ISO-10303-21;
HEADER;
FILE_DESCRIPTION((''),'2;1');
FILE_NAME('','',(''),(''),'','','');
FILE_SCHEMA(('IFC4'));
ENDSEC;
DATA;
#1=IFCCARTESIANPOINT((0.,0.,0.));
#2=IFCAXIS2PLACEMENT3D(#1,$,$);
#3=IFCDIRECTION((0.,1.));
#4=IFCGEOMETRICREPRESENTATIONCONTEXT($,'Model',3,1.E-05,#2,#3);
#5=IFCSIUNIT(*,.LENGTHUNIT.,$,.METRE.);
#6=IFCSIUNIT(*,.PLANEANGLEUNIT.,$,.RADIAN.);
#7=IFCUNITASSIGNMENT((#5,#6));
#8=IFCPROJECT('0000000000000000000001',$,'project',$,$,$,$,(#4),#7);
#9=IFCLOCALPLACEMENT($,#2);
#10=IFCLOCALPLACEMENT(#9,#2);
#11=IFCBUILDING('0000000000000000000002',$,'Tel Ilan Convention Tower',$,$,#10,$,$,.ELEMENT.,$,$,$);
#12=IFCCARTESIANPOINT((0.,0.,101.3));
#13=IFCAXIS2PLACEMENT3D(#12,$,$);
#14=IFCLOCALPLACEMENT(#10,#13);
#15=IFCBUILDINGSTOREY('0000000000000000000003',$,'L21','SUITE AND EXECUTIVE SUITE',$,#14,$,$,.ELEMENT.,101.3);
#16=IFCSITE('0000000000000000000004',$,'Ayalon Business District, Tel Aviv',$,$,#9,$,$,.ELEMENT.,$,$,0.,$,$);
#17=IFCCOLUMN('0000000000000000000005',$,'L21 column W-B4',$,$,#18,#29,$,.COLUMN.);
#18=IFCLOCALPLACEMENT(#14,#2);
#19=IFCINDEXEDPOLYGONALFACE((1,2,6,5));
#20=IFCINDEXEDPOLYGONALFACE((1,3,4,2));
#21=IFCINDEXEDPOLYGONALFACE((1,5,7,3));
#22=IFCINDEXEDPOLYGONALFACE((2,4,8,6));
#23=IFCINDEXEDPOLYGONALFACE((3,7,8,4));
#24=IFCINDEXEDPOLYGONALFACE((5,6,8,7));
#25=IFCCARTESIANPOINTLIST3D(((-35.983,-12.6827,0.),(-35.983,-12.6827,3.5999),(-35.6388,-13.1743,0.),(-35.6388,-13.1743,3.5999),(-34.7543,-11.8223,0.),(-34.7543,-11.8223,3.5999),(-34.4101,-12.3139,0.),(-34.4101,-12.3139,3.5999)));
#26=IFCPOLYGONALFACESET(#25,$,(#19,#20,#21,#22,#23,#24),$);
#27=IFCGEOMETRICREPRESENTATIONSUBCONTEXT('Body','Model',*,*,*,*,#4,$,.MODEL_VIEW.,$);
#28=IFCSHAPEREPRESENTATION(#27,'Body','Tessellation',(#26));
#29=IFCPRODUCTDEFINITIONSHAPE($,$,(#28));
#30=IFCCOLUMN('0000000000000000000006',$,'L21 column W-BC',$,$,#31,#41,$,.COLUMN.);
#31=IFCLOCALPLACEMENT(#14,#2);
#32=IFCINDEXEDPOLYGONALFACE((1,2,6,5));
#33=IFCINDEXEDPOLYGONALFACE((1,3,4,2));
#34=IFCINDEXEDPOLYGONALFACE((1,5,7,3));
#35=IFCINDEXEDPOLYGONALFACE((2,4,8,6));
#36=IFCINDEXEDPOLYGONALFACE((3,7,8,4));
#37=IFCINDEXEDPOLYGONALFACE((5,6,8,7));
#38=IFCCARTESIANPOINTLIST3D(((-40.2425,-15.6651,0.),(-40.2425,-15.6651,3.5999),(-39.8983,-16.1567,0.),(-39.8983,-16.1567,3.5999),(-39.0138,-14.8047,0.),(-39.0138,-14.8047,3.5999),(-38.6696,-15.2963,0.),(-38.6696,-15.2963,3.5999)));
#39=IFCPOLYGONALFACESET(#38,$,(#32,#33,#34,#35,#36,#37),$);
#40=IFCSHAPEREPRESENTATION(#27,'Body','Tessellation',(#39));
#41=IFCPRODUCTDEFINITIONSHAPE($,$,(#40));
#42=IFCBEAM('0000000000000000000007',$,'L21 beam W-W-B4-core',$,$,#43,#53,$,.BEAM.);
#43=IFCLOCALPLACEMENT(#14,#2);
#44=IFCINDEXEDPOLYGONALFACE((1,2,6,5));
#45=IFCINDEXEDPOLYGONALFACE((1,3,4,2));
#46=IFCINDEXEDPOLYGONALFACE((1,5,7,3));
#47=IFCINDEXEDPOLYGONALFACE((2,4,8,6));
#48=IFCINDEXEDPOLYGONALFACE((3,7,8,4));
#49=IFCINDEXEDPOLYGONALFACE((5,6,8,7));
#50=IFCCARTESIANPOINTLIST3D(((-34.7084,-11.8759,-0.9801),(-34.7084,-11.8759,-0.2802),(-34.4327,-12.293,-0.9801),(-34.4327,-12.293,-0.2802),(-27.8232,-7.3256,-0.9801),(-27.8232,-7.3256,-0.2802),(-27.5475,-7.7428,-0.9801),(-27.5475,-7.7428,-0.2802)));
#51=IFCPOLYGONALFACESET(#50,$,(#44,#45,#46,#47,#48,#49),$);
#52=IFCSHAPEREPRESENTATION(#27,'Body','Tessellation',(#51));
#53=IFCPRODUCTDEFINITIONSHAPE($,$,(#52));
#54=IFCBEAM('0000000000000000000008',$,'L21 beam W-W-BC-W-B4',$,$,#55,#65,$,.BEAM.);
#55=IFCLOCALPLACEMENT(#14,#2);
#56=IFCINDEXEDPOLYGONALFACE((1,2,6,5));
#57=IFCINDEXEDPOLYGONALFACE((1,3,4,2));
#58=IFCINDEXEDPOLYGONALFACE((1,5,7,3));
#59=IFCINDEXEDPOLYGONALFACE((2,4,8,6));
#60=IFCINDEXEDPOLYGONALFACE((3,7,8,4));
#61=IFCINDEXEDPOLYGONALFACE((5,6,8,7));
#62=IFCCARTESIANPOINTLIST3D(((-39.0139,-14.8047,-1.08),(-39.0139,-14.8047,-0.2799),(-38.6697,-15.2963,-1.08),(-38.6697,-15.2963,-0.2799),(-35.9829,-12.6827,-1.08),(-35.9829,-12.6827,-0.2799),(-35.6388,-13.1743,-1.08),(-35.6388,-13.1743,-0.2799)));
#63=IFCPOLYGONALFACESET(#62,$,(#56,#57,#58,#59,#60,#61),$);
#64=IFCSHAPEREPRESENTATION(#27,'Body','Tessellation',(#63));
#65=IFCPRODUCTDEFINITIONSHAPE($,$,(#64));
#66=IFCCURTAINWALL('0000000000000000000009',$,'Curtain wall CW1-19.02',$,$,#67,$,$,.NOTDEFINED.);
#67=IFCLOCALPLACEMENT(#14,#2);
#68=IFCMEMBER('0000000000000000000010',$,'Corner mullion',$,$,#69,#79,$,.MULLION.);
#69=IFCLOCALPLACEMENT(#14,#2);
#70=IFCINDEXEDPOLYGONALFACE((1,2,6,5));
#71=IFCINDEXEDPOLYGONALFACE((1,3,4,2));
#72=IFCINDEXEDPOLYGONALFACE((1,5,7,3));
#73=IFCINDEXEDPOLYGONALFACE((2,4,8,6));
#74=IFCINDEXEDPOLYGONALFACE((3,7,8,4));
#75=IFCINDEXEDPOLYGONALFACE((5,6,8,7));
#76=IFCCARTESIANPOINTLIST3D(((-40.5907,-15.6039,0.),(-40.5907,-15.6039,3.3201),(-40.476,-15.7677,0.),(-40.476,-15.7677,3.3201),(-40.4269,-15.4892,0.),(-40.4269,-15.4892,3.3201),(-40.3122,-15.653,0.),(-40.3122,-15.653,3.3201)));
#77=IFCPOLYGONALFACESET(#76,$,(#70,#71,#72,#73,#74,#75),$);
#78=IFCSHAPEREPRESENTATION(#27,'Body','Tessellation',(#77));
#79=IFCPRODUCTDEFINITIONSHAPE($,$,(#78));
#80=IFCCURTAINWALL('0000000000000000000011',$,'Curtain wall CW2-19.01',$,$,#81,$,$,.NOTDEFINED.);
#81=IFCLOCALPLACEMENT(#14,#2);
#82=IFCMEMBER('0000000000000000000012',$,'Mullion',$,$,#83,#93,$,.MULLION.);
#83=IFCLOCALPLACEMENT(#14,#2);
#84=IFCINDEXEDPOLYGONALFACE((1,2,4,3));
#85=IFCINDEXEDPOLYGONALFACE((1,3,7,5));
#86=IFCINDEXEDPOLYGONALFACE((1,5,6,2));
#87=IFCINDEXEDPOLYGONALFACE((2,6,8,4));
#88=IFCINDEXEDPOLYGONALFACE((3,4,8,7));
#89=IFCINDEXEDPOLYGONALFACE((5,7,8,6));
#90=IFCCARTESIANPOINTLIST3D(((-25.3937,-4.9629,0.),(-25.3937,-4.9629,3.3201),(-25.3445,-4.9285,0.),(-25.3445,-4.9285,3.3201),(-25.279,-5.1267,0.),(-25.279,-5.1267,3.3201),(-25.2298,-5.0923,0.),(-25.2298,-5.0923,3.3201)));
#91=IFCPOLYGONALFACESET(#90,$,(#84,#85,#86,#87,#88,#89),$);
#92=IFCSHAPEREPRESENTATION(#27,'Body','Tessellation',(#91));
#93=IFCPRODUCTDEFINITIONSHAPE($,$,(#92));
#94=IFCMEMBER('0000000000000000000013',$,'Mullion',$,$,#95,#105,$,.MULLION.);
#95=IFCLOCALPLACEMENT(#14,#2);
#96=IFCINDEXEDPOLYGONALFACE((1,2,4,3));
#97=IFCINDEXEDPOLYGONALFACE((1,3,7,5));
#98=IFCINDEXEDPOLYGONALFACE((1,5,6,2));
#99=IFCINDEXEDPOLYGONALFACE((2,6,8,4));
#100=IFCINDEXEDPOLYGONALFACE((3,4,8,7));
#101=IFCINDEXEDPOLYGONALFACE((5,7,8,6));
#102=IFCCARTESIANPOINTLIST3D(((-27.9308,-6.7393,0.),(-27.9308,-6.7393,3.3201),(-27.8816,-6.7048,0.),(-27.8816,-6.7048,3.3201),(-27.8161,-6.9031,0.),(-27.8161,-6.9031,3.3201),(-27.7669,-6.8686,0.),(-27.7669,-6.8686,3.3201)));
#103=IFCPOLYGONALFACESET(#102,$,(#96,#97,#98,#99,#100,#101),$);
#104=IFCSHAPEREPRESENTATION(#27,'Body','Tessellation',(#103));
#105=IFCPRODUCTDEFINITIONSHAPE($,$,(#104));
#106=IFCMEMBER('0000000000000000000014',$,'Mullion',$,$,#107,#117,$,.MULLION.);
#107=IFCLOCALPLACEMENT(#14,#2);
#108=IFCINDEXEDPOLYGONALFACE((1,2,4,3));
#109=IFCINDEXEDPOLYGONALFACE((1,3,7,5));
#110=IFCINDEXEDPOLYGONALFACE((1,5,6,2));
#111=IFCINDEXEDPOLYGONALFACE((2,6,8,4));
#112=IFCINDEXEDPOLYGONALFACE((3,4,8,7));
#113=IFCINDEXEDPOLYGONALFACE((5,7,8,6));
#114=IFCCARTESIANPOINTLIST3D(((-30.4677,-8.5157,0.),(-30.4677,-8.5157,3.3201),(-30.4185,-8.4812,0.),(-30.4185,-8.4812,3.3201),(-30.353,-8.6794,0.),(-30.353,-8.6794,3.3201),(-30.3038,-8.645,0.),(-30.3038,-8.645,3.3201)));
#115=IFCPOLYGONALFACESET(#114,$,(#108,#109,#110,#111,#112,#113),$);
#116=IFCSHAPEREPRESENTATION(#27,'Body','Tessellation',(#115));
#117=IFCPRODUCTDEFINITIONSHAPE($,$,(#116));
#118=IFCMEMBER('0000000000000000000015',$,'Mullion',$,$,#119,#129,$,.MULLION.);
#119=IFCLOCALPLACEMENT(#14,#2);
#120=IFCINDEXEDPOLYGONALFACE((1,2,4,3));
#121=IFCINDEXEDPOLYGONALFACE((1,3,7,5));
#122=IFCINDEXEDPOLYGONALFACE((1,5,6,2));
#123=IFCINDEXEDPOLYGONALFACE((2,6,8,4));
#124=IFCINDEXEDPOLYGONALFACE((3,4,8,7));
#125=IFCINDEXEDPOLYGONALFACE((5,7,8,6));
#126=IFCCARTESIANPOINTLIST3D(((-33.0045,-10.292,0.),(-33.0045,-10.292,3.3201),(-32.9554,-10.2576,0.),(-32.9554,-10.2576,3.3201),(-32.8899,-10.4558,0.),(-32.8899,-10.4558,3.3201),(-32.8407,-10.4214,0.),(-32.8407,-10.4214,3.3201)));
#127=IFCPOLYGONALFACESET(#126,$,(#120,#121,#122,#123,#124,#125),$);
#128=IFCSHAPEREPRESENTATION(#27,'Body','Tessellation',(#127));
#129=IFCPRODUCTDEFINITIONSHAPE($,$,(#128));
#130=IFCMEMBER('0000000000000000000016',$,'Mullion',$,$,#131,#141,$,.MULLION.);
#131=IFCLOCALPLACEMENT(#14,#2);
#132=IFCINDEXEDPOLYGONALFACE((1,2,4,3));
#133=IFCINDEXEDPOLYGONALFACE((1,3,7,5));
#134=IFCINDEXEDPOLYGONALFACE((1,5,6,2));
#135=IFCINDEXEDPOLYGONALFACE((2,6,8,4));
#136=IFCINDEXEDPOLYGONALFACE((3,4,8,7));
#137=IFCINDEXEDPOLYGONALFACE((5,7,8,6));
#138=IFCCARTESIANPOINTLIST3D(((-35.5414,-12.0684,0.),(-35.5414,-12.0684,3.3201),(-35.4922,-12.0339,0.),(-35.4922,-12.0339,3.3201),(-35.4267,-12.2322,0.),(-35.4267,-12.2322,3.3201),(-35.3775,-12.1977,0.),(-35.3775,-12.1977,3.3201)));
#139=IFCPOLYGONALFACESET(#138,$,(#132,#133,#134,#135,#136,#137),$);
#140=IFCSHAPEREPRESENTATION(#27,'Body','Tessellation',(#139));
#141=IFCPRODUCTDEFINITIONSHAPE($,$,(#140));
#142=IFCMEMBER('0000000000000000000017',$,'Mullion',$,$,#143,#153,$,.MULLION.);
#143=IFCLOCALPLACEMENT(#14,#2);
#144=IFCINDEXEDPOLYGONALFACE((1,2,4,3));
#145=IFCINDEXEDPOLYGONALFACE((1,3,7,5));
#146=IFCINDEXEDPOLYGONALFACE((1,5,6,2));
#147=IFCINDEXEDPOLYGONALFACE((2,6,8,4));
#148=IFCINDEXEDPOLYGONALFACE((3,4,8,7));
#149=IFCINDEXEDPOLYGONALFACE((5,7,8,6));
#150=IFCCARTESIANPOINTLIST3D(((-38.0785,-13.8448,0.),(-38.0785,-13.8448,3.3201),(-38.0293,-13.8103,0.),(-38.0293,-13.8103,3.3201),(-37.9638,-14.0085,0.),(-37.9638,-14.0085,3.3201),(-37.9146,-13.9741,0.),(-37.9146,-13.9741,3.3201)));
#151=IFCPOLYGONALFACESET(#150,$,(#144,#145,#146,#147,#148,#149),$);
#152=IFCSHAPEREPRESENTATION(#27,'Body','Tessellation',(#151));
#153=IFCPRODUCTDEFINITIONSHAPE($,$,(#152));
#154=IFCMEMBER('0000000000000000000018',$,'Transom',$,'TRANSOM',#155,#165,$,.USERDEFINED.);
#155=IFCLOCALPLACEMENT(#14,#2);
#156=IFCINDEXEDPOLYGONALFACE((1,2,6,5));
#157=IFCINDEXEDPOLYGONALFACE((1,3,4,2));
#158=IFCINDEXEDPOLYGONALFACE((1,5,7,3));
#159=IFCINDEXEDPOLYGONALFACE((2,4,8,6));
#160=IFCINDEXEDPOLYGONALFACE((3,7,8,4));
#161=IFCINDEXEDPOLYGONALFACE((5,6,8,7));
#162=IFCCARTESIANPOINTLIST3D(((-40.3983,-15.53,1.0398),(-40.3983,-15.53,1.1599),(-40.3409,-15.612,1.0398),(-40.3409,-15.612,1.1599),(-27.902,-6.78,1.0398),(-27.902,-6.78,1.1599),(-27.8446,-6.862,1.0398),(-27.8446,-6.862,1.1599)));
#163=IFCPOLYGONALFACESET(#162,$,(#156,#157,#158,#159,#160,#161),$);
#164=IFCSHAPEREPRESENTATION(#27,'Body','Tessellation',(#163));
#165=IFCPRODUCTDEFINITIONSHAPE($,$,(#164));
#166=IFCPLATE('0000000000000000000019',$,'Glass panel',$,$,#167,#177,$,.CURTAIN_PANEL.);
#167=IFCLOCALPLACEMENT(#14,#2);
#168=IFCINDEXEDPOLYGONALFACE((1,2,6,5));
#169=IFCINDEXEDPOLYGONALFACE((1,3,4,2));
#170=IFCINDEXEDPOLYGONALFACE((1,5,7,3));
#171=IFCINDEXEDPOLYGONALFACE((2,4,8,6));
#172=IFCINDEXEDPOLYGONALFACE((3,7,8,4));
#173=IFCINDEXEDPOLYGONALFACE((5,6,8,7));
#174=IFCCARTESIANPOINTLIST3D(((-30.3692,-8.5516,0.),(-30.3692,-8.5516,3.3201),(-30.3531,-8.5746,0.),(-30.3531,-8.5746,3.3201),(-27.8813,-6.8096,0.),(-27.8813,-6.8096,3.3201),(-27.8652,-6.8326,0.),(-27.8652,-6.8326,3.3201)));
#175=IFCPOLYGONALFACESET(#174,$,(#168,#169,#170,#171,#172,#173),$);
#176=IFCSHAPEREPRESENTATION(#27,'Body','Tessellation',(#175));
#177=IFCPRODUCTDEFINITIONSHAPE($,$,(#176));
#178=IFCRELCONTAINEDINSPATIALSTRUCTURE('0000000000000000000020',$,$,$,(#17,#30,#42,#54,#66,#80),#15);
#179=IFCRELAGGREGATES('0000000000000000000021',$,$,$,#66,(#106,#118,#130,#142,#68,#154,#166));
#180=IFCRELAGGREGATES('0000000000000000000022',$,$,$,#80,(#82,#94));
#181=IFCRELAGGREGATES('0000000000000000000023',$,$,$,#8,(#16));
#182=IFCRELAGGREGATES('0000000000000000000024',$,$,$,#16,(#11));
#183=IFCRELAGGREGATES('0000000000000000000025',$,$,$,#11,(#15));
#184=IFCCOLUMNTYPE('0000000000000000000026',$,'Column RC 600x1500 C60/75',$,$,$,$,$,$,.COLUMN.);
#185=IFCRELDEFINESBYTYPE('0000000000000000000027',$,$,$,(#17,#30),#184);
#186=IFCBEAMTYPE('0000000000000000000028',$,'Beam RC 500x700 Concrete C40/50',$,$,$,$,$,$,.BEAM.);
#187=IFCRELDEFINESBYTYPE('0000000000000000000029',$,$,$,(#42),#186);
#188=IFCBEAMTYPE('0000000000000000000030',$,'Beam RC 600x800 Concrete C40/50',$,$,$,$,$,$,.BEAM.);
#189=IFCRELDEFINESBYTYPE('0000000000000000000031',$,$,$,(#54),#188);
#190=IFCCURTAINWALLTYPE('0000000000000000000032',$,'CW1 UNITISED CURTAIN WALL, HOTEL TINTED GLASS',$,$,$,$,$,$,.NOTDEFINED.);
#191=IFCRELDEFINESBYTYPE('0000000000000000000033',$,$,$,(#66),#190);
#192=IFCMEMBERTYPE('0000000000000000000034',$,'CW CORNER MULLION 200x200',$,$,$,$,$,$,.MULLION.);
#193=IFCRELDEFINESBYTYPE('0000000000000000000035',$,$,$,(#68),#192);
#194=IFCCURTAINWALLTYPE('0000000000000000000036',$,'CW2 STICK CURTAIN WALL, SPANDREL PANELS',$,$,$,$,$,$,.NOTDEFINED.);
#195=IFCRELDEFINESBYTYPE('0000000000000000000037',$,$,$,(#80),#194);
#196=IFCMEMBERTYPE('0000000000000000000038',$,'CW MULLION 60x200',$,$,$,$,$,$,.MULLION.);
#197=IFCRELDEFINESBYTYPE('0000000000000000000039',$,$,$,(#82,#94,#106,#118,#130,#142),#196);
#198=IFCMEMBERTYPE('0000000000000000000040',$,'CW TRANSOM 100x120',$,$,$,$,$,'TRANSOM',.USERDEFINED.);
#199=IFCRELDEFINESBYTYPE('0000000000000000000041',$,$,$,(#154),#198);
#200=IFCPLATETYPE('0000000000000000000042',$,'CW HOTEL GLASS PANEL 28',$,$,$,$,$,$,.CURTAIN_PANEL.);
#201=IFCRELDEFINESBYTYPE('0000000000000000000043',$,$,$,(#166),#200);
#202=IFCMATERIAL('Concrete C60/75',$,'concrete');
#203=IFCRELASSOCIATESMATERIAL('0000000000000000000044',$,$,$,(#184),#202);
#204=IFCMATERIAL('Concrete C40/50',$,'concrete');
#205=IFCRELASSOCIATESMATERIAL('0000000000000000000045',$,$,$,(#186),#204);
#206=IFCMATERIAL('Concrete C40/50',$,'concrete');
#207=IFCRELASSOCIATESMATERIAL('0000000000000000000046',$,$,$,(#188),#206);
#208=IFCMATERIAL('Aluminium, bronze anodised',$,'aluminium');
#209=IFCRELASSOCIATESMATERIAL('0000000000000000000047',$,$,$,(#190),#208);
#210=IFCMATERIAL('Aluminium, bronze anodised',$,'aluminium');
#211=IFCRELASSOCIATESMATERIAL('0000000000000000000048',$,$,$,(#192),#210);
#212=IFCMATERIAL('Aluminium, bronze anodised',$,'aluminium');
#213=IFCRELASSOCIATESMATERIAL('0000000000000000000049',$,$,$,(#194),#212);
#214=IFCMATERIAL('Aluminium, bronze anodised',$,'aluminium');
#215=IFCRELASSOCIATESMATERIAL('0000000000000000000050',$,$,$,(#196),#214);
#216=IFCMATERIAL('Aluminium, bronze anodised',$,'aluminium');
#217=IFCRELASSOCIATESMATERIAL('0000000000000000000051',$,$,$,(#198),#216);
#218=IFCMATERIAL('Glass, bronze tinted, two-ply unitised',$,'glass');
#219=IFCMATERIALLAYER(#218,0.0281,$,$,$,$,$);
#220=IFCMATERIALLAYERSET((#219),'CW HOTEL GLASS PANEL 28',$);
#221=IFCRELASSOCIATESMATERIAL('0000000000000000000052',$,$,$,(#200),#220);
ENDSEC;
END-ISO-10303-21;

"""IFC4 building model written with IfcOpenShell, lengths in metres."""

from ifc_helpers import new_model, si_unit, direction, frame, origin, origin_2d, place, context, subcontext, project, spatial, rectangle, extrude, material, layer, layer_set, material_profile, profile_set, type_object, element, aggregate, save


model = new_model("IFC4")

# Units and contexts
model_context = context("Model", 3, precision=1e-05, world=origin(), true_north=direction((0.0, 1.0)))
body_context = subcontext(model_context, "Body", "Model", "MODEL_VIEW")
ifc_project = project(units=[si_unit("LENGTHUNIT", "METRE"), si_unit("PLANEANGLEUNIT", "RADIAN")], contexts=[model_context])

# Site, building, storey
site_placement = place(None, origin())
site = spatial("IfcSite", under=ifc_project, at=site_placement, Name="Ayalon Business District, Tel Aviv", CompositionType="ELEMENT", RefElevation=0.0)
building_placement = place(site_placement, origin())
building = spatial("IfcBuilding", under=site, at=building_placement, Name="Tel Ilan Convention Tower", CompositionType="ELEMENT")
storey_placement = place(building_placement, frame((0.0, 0.0, 101.3)))
storey = spatial("IfcBuildingStorey", under=building, at=storey_placement, Name="L21", Description="SUITE AND EXECUTIVE SUITE", CompositionType="ELEMENT", Elevation=101.3)

# Columns
ifc_material_1 = material(Name="Concrete C60/75", Category="concrete")
ifc_material_profile_1 = material_profile(ifc_material_1, rectangle(XDim=1.5, YDim=0.6001, at=origin_2d()), Name="RC 600x1500")
ifc_profile_set_1 = profile_set([ifc_material_profile_1], Name="Concrete C60/75")
column_type = type_object("IfcColumnType", Name="Column RC 600x1500 C60/75", PredefinedType="COLUMN", material=ifc_profile_set_1)
for number, where, z_axis, x_axis, name in (
    (1, (-35.1965, -12.4983, 0.0), (0.0, 0.0, 1.0), (-0.819152, -0.573576, 0.0), "L21 column W-B4"),
    (2, (-39.4561, -15.4807, 0.0), (0.0, 0.0, 1.0), (-0.819152, -0.573576, 0.0), "L21 column W-BC"),
):
    element("IfcColumn", number, at=place(storey_placement, frame(where, z_axis=z_axis, x_axis=x_axis)), inside=storey, type_object=column_type, Name=name, PredefinedType="COLUMN", context=body_context, shape_type="SweptSolid", body=[
        extrude(rectangle(XDim=1.5, YDim=0.6001, at=origin_2d()), origin(), (0.0, 0.0, 1.0), 3.5999),
    ])

# Beams
ifc_material_2 = material(Name="Concrete C40/50", Category="concrete")
ifc_material_profile_2 = material_profile(ifc_material_2, rectangle(XDim=0.5, YDim=0.7, at=origin_2d()), Name="RC 500x700")
ifc_profile_set_2 = profile_set([ifc_material_profile_2], Name="Concrete C40/50")
beam_type_1 = type_object("IfcBeamType", Name="Beam RC 500x700 Concrete C40/50", PredefinedType="BEAM", material=ifc_profile_set_2)
beam_1_placement = place(storey_placement, frame((-34.5706, -12.0845, -0.6301), z_axis=(0.834274, 0.551351, 0.0), x_axis=(-0.551351, 0.834274, 0.0)))
element("IfcBeam", 3, at=beam_1_placement, inside=storey, type_object=beam_type_1, Name="L21 beam W-W-B4-core", PredefinedType="BEAM", context=body_context, shape_type="SweptSolid", body=[
    extrude(rectangle(XDim=0.5, YDim=0.7, at=origin_2d()), origin(), (0.0, 0.0, 1.0), 8.2529),
])
ifc_material_3 = material(Name="Concrete C40/50", Category="concrete")
ifc_material_profile_3 = material_profile(ifc_material_3, rectangle(XDim=0.6001, YDim=0.8, at=origin_2d()), Name="RC 600x800")
ifc_profile_set_3 = profile_set([ifc_material_profile_3], Name="Concrete C40/50")
beam_type_2 = type_object("IfcBeamType", Name="Beam RC 600x800 Concrete C40/50", PredefinedType="BEAM", material=ifc_profile_set_3)
beam_2_placement = place(storey_placement, frame((-38.8418, -15.0505, -0.6799), z_axis=(0.819185, 0.573529, 0.0), x_axis=(-0.573529, 0.819185, 0.0)))
element("IfcBeam", 4, at=beam_2_placement, inside=storey, type_object=beam_type_2, Name="L21 beam W-W-BC-W-B4", PredefinedType="BEAM", context=body_context, shape_type="SweptSolid", body=[
    extrude(rectangle(XDim=0.6001, YDim=0.8, at=origin_2d()), origin(), (0.0, 0.0, 1.0), 3.7),
])

# Curtain wall, member
ifc_material_4 = material(Name="Aluminium, bronze anodised", Category="aluminium")
curtain_wall_type_1 = type_object("IfcCurtainWallType", Name="CW1 UNITISED CURTAIN WALL, HOTEL TINTED GLASS", PredefinedType="NOTDEFINED", material=ifc_material_4)
curtain_wall_1_placement = place(storey_placement, origin())
curtain_wall_1 = element("IfcCurtainWall", 5, at=curtain_wall_1_placement, inside=storey, type_object=curtain_wall_type_1, Name="Curtain wall CW1-19.02", PredefinedType="NOTDEFINED")
ifc_material_5 = material(Name="Aluminium, bronze anodised", Category="aluminium")
ifc_material_profile_4 = material_profile(ifc_material_5, rectangle(XDim=0.2, YDim=0.2, at=origin_2d()), Name="CW CORNER MULLION 200x200")
ifc_profile_set_4 = profile_set([ifc_material_profile_4], Name="Aluminium, bronze anodised")
member_type_1 = type_object("IfcMemberType", Name="CW CORNER MULLION 200x200", PredefinedType="MULLION", material=ifc_profile_set_4)
member_1_placement = place(storey_placement, frame((-40.4514, -15.6284, 0.0), z_axis=(0.0, 0.0, 1.0), x_axis=(-0.819152, -0.573576, 0.0)))
member_1 = element("IfcMember", 6, at=member_1_placement, type_object=member_type_1, Name="Corner mullion", PredefinedType="MULLION", context=body_context, shape_type="SweptSolid", body=[
    extrude(rectangle(XDim=0.2, YDim=0.2, at=origin_2d()), origin(), (0.0, 0.0, 1.0), 3.3201),
])

# Curtain wall, members
ifc_material_6 = material(Name="Aluminium, bronze anodised", Category="aluminium")
curtain_wall_type_2 = type_object("IfcCurtainWallType", Name="CW2 STICK CURTAIN WALL, SPANDREL PANELS", PredefinedType="NOTDEFINED", material=ifc_material_6)
curtain_wall_2_placement = place(storey_placement, origin())
curtain_wall_2 = element("IfcCurtainWall", 7, at=curtain_wall_2_placement, inside=storey, type_object=curtain_wall_type_2, Name="Curtain wall CW2-19.01", PredefinedType="NOTDEFINED")
ifc_material_7 = material(Name="Aluminium, bronze anodised", Category="aluminium")
ifc_material_profile_5 = material_profile(ifc_material_7, rectangle(XDim=0.0601, YDim=0.2, at=origin_2d()), Name="CW MULLION 60x200")
ifc_profile_set_5 = profile_set([ifc_material_profile_5], Name="Aluminium, bronze anodised")
member_type_2 = type_object("IfcMemberType", Name="CW MULLION 60x200", PredefinedType="MULLION", material=ifc_profile_set_5)
member_2_placement = place(storey_placement, frame((-25.3118, -5.0276, 0.0), z_axis=(0.0, 0.0, 1.0), x_axis=(-0.819152, -0.573576, 0.0)))
member_2 = element("IfcMember", 8, at=member_2_placement, type_object=member_type_2, Name="Mullion", PredefinedType="MULLION", context=body_context, shape_type="SweptSolid", body=[
    extrude(rectangle(XDim=0.0601, YDim=0.2, at=origin_2d()), origin(), (0.0, 0.0, 1.0), 3.3201),
])
member_3_placement = place(storey_placement, frame((-27.8489, -6.804, 0.0), z_axis=(0.0, 0.0, 1.0), x_axis=(-0.819152, -0.573576, 0.0)))
member_3 = element("IfcMember", 9, at=member_3_placement, type_object=member_type_2, Name="Mullion", PredefinedType="MULLION", context=body_context, shape_type="SweptSolid", body=[
    extrude(rectangle(XDim=0.0601, YDim=0.2, at=origin_2d()), origin(), (0.0, 0.0, 1.0), 3.3201),
])

# Members
member_4_placement = place(storey_placement, frame((-30.3857, -8.5803, 0.0), z_axis=(0.0, 0.0, 1.0), x_axis=(-0.819152, -0.573576, 0.0)))
member_4 = element("IfcMember", 10, at=member_4_placement, type_object=member_type_2, Name="Mullion", PredefinedType="MULLION", context=body_context, shape_type="SweptSolid", body=[
    extrude(rectangle(XDim=0.0601, YDim=0.2, at=origin_2d()), origin(), (0.0, 0.0, 1.0), 3.3201),
])
member_5_placement = place(storey_placement, frame((-32.9226, -10.3567, 0.0), z_axis=(0.0, 0.0, 1.0), x_axis=(-0.819152, -0.573576, 0.0)))
member_5 = element("IfcMember", 11, at=member_5_placement, type_object=member_type_2, Name="Mullion", PredefinedType="MULLION", context=body_context, shape_type="SweptSolid", body=[
    extrude(rectangle(XDim=0.0601, YDim=0.2, at=origin_2d()), origin(), (0.0, 0.0, 1.0), 3.3201),
])
member_6_placement = place(storey_placement, frame((-35.4595, -12.1331, 0.0), z_axis=(0.0, 0.0, 1.0), x_axis=(-0.819152, -0.573576, 0.0)))
member_6 = element("IfcMember", 12, at=member_6_placement, type_object=member_type_2, Name="Mullion", PredefinedType="MULLION", context=body_context, shape_type="SweptSolid", body=[
    extrude(rectangle(XDim=0.0601, YDim=0.2, at=origin_2d()), origin(), (0.0, 0.0, 1.0), 3.3201),
])
member_7_placement = place(storey_placement, frame((-37.9966, -13.9094, 0.0), z_axis=(0.0, 0.0, 1.0), x_axis=(-0.819152, -0.573576, 0.0)))
member_7 = element("IfcMember", 13, at=member_7_placement, type_object=member_type_2, Name="Mullion", PredefinedType="MULLION", context=body_context, shape_type="SweptSolid", body=[
    extrude(rectangle(XDim=0.0601, YDim=0.2, at=origin_2d()), origin(), (0.0, 0.0, 1.0), 3.3201),
])
ifc_material_8 = material(Name="Aluminium, bronze anodised", Category="aluminium")
ifc_material_profile_6 = material_profile(ifc_material_8, rectangle(XDim=0.1001, YDim=0.1201, at=origin_2d()), Name="CW TRANSOM 100x120")
ifc_profile_set_6 = profile_set([ifc_material_profile_6], Name="Aluminium, bronze anodised")
member_type_3 = type_object("IfcMemberType", Name="CW TRANSOM 100x120", ElementType="TRANSOM", PredefinedType="USERDEFINED", material=ifc_profile_set_6)
member_8_placement = place(storey_placement, frame((-27.8733, -6.821, 1.0999), z_axis=(-0.819153, -0.573575, 0.0), x_axis=(0.573575, -0.819153, 0.0)))
member_8 = element("IfcMember", 14, at=member_8_placement, type_object=member_type_3, Name="Transom", ObjectType="TRANSOM", PredefinedType="USERDEFINED", context=body_context, shape_type="SweptSolid", body=[
    extrude(rectangle(XDim=0.1001, YDim=0.1201, at=origin_2d()), origin(), (0.0, 0.0, 1.0), 15.2551),
])

# Plate
ifc_material_9 = material(Name="Glass, bronze tinted, two-ply unitised", Category="glass")
ifc_layer_1 = layer(ifc_material_9, 0.0281)
ifc_layer_set_1 = layer_set([ifc_layer_1], Name="CW HOTEL GLASS PANEL 28")
plate_type_1 = type_object("IfcPlateType", Name="CW HOTEL GLASS PANEL 28", PredefinedType="CURTAIN_PANEL", material=ifc_layer_set_1)
plate_1_placement = place(storey_placement, frame((-29.1172, -7.6921, 0.0), z_axis=(0.0, 0.0, 1.0), x_axis=(-0.819152, -0.573576, 0.0)))
plate_1 = element("IfcPlate", 15, at=plate_1_placement, type_object=plate_type_1, Name="Glass panel", PredefinedType="CURTAIN_PANEL", context=body_context, shape_type="SweptSolid", body=[
    extrude(rectangle(XDim=3.0371, YDim=0.0281, at=origin_2d()), origin(), (0.0, 0.0, 1.0), 3.3201),
])
aggregate(curtain_wall_1, [member_4, member_5, member_6, member_7, member_1, member_8, plate_1])
aggregate(curtain_wall_2, [member_2, member_3])

save(model, "model.ifc")
